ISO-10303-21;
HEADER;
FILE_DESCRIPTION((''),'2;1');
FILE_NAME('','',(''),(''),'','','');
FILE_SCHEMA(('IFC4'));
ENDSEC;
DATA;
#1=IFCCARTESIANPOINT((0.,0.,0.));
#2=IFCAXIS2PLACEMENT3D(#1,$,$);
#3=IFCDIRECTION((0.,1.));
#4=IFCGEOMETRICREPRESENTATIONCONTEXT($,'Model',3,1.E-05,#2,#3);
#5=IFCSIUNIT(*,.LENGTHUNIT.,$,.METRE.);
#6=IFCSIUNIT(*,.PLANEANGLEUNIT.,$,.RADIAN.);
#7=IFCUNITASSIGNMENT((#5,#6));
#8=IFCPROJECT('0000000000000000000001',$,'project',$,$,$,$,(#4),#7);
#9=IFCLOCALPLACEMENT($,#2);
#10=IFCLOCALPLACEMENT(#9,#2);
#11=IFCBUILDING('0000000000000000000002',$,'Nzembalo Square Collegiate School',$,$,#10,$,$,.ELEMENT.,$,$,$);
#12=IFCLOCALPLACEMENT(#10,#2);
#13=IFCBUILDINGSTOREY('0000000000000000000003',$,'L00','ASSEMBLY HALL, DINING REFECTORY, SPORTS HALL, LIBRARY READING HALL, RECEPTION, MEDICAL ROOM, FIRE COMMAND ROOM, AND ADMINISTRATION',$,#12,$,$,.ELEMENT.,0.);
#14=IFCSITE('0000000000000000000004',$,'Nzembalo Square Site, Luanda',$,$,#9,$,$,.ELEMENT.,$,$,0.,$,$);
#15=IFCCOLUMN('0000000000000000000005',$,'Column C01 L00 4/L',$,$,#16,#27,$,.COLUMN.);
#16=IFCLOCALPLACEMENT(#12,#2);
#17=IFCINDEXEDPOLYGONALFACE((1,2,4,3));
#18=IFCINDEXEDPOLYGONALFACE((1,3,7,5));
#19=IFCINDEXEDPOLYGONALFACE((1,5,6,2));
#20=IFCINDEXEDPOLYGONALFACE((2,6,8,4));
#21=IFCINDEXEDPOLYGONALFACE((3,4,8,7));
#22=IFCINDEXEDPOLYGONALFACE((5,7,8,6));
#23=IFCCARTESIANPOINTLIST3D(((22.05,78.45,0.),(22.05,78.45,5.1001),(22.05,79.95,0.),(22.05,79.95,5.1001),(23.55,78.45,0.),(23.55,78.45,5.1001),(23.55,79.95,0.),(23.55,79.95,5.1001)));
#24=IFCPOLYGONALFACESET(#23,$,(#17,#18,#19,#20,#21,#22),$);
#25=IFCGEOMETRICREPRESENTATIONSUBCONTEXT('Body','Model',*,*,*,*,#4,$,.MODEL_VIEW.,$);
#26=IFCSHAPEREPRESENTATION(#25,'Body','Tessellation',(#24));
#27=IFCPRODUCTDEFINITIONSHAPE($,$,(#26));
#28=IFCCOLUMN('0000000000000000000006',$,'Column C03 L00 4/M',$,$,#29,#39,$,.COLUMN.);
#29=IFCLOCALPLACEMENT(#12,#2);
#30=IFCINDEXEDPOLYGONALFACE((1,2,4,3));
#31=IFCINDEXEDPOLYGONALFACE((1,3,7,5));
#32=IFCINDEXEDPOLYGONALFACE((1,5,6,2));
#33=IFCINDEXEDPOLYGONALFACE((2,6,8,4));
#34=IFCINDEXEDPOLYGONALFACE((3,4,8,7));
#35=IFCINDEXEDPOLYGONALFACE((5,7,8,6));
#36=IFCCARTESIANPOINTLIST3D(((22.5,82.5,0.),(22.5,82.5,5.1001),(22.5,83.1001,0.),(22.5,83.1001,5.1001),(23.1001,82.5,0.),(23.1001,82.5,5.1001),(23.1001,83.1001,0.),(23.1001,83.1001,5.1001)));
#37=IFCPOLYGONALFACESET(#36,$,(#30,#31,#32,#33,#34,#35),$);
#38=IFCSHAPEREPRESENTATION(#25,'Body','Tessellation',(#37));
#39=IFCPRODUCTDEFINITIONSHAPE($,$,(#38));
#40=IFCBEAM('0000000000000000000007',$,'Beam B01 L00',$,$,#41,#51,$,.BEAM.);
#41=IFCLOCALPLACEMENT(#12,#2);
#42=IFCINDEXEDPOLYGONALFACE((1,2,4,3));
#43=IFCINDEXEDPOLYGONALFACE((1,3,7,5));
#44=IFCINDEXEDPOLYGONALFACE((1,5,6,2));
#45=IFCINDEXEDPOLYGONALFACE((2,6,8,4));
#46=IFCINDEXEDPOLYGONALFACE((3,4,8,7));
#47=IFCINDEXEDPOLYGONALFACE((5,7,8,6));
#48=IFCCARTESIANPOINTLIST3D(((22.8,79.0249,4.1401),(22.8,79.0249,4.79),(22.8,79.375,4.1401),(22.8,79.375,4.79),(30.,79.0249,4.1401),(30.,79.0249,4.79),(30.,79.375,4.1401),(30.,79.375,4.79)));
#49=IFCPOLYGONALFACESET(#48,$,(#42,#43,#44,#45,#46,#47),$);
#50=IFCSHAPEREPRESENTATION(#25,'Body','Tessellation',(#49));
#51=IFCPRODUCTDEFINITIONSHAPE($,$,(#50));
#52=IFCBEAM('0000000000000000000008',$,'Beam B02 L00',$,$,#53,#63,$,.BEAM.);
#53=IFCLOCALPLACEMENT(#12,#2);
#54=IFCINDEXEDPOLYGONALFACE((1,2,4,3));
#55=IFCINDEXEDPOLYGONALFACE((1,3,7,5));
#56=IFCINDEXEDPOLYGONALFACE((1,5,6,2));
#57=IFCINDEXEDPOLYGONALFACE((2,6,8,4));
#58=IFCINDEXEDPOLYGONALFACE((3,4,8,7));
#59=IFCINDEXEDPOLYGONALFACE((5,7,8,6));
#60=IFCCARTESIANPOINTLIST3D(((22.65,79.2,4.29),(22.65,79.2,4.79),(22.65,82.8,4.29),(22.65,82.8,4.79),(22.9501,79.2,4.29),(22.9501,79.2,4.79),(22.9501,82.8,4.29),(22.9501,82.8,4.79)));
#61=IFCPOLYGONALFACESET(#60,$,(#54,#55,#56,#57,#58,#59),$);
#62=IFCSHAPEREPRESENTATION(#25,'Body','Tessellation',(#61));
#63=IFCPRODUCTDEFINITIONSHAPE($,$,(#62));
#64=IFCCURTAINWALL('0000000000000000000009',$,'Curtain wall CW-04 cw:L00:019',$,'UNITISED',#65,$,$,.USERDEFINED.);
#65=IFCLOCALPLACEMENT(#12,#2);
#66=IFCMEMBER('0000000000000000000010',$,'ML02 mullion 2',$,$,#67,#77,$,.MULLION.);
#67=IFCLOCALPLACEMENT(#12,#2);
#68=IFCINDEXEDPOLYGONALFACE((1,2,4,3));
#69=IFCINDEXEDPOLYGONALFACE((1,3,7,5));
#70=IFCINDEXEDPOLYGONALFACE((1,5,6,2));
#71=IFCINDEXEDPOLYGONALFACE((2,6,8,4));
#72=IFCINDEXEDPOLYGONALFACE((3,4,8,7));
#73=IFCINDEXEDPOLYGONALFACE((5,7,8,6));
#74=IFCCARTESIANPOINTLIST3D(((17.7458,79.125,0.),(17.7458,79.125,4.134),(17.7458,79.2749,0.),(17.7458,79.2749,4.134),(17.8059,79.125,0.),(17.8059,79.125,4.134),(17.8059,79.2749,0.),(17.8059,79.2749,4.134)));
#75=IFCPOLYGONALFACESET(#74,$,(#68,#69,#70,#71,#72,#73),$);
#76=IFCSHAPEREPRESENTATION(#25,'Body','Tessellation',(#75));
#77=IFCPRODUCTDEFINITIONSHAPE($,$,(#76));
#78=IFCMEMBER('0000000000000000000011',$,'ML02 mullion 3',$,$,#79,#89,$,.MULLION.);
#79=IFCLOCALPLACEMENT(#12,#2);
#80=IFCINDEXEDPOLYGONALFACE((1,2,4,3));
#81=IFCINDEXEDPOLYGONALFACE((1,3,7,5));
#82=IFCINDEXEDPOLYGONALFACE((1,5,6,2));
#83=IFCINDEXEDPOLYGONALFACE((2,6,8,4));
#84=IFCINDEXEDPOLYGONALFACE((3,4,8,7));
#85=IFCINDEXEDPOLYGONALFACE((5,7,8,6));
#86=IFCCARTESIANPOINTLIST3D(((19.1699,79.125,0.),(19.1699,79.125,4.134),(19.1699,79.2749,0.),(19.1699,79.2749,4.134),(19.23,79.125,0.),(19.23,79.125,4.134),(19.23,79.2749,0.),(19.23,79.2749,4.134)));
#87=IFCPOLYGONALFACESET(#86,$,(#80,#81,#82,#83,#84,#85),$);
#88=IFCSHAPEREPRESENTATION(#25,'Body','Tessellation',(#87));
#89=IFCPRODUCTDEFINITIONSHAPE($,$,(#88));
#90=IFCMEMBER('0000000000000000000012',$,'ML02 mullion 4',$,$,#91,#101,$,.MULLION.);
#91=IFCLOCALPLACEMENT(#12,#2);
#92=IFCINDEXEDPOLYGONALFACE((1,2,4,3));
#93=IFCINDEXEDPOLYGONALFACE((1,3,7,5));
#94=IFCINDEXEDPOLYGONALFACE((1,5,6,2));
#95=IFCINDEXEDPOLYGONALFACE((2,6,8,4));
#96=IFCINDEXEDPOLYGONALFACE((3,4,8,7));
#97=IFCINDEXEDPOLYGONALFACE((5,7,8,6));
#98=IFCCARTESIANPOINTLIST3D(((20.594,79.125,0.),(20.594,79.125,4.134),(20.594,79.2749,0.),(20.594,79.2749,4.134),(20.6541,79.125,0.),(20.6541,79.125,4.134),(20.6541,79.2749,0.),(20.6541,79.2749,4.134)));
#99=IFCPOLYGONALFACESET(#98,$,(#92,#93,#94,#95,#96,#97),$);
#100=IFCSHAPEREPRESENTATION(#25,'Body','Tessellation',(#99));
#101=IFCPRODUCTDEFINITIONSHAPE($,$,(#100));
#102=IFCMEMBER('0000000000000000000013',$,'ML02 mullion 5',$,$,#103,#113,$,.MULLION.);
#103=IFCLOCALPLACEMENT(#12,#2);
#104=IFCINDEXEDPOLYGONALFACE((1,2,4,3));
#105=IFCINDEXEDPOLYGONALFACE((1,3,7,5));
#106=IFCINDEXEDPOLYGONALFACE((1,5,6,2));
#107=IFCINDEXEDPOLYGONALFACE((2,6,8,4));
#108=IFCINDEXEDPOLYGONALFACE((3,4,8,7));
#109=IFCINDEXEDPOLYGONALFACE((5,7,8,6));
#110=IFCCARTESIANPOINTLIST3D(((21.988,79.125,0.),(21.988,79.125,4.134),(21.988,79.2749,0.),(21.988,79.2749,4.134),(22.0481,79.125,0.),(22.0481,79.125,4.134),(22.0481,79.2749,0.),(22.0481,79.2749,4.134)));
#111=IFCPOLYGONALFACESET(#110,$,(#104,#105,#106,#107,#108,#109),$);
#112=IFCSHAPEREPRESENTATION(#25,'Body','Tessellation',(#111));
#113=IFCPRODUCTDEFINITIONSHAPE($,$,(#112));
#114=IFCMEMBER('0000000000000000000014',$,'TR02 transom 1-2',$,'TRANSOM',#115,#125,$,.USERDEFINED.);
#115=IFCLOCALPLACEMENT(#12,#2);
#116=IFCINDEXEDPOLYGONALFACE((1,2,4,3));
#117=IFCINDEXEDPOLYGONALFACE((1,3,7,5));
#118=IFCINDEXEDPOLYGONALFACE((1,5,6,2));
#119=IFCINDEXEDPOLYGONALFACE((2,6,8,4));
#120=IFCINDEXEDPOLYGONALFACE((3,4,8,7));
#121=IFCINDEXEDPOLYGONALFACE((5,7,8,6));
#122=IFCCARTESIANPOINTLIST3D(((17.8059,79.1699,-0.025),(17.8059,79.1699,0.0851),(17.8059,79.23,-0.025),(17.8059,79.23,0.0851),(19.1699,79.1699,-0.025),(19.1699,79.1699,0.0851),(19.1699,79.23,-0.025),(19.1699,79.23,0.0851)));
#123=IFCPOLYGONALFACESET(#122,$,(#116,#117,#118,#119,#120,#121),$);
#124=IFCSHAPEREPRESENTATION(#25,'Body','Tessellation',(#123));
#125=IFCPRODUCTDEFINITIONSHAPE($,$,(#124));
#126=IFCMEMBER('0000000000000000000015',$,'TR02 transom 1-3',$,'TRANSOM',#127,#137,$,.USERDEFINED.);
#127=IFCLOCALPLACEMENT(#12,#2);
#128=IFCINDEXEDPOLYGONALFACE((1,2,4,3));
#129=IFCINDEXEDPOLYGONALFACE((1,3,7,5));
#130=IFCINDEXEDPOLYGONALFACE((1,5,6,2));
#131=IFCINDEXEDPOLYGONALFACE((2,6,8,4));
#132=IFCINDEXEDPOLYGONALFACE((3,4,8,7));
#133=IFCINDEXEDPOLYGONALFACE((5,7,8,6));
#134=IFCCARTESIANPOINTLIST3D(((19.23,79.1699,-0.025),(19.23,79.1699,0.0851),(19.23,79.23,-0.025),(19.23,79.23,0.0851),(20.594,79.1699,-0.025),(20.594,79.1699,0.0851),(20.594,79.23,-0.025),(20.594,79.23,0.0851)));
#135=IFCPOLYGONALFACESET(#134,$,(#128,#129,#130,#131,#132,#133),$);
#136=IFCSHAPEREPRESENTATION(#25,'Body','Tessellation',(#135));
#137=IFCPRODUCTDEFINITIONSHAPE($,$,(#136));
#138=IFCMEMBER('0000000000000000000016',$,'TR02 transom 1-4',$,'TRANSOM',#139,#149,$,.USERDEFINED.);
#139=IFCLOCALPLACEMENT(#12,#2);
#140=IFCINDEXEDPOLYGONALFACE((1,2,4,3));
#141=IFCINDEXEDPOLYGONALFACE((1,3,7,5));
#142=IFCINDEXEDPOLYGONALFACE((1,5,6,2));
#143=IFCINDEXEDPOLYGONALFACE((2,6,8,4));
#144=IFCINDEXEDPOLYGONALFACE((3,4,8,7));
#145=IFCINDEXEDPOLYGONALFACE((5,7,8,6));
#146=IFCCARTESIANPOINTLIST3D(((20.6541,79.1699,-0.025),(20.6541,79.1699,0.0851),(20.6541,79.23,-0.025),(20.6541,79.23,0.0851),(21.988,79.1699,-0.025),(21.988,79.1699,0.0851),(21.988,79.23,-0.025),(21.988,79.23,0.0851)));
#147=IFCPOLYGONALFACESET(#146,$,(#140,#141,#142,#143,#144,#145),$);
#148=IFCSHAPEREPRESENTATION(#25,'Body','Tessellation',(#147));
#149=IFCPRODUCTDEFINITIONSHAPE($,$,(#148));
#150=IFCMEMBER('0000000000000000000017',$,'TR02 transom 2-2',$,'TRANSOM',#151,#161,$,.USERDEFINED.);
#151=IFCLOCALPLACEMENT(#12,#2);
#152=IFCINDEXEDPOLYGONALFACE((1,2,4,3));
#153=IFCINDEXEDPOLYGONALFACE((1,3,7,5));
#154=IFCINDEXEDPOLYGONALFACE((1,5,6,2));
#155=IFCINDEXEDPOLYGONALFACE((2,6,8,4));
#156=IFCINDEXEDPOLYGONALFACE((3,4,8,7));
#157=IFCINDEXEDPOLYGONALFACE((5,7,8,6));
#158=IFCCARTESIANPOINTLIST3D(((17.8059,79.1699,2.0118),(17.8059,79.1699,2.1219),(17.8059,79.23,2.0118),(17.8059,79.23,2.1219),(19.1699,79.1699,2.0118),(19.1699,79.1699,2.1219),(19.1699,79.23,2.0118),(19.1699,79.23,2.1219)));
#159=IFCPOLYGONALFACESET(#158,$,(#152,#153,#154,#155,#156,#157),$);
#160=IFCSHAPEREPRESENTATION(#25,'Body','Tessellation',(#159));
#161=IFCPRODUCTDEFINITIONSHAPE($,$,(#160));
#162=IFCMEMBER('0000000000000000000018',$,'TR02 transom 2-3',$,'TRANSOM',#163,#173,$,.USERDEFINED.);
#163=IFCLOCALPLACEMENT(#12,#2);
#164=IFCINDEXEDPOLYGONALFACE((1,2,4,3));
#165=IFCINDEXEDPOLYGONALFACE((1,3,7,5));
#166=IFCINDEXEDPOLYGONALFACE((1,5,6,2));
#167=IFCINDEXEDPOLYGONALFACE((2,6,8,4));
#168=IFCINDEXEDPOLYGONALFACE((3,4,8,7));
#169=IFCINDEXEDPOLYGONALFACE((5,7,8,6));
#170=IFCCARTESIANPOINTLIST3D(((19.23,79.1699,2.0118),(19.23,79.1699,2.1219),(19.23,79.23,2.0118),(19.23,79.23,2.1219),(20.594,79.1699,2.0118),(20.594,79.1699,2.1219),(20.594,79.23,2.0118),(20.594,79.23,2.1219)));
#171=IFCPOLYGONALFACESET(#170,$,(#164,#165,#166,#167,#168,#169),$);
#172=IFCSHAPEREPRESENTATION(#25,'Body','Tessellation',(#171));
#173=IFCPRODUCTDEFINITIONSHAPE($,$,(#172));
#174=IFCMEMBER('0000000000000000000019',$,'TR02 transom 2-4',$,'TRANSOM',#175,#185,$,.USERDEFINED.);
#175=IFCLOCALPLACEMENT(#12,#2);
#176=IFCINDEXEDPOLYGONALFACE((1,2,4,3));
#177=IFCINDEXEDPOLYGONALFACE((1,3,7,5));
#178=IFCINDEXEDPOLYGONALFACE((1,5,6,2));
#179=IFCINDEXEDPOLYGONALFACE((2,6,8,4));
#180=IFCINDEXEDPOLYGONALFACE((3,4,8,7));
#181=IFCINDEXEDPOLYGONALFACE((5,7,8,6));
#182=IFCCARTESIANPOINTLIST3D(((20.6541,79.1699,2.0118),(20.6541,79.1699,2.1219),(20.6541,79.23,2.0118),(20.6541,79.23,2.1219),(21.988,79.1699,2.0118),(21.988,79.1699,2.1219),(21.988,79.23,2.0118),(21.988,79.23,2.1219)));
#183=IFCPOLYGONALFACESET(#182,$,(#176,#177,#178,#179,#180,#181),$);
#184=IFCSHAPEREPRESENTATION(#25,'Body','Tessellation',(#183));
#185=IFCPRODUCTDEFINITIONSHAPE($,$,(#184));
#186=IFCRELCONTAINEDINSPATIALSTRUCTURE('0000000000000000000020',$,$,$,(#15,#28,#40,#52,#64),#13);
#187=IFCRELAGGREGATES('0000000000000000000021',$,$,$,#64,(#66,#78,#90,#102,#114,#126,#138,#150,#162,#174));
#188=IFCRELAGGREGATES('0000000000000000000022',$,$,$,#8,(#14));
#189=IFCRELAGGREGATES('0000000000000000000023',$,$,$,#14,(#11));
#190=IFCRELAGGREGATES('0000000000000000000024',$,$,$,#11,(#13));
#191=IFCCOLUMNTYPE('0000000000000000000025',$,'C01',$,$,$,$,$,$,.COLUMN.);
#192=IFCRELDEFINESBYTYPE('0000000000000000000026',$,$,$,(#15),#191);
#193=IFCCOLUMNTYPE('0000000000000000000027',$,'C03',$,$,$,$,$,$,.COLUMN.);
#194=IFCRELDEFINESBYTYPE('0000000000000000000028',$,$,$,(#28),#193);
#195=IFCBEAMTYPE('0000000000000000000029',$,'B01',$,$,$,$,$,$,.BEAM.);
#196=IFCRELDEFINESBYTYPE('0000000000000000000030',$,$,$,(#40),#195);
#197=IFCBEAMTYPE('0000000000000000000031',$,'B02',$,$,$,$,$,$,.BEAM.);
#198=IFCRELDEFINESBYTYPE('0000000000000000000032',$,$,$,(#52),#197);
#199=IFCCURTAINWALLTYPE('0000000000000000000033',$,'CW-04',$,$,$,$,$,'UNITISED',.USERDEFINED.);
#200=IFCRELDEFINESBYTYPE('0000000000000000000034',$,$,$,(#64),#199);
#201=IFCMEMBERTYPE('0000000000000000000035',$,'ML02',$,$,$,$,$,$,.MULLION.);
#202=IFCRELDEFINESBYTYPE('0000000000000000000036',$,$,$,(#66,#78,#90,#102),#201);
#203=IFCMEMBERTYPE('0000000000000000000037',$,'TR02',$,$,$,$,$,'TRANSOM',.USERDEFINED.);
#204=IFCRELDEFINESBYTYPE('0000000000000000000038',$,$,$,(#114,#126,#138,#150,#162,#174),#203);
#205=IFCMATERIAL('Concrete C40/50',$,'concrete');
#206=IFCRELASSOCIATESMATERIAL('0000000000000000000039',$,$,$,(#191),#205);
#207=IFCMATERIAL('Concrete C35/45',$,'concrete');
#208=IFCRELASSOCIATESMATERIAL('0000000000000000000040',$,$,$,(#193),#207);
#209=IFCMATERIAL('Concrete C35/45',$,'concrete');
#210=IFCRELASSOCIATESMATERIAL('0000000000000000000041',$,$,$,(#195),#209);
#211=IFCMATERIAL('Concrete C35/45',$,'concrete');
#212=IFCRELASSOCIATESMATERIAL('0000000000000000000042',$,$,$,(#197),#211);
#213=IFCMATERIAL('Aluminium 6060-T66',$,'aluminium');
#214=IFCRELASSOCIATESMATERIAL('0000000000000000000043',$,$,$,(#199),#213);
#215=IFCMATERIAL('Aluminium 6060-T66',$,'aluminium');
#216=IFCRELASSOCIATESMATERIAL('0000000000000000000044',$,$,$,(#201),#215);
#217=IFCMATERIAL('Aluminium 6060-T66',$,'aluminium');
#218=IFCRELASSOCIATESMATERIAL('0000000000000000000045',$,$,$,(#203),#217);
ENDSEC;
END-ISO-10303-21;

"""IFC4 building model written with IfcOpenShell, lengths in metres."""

from ifc_helpers import new_model, si_unit, direction, frame, origin, origin_2d, place, context, subcontext, project, spatial, rectangle, extrude, material, material_profile, profile_set, type_object, element, aggregate, save


model = new_model("IFC4")

# Units and contexts
model_context = context("Model", 3, precision=1e-05, world=origin(), true_north=direction((0.0, 1.0)))
body_context = subcontext(model_context, "Body", "Model", "MODEL_VIEW")
ifc_project = project(units=[si_unit("LENGTHUNIT", "METRE"), si_unit("PLANEANGLEUNIT", "RADIAN")], contexts=[model_context])

# Site, building, storey
site_placement = place(None, origin())
site = spatial("IfcSite", under=ifc_project, at=site_placement, Name="Nzembalo Square Site, Luanda", CompositionType="ELEMENT", RefElevation=0.0)
building_placement = place(site_placement, origin())
building = spatial("IfcBuilding", under=site, at=building_placement, Name="Nzembalo Square Collegiate School", CompositionType="ELEMENT")
storey_placement = place(building_placement, origin())
storey = spatial("IfcBuildingStorey", under=building, at=storey_placement, Name="L00", Description="ASSEMBLY HALL, DINING REFECTORY, SPORTS HALL, LIBRARY READING HALL, RECEPTION, MEDICAL ROOM, FIRE COMMAND ROOM, AND ADMINISTRATION", CompositionType="ELEMENT", Elevation=0.0)

# Columns
ifc_material_1 = material(Name="Concrete C40/50", Category="concrete")
ifc_material_profile_1 = material_profile(ifc_material_1, rectangle(XDim=1.5, YDim=1.5, at=origin_2d()), Name="RC 1500x1500")
ifc_profile_set_1 = profile_set([ifc_material_profile_1], Name="Concrete C40/50")
column_type_1 = type_object("IfcColumnType", Name="C01", PredefinedType="COLUMN", material=ifc_profile_set_1)
column_1_placement = place(storey_placement, frame((22.8, 79.2, 0.0), z_axis=(0.0, 0.0, 1.0), x_axis=(1.0, 0.0, 0.0)))
element("IfcColumn", 1, at=column_1_placement, inside=storey, type_object=column_type_1, Name="Column C01 L00 4/L", PredefinedType="COLUMN", context=body_context, shape_type="SweptSolid", body=[
    extrude(rectangle(XDim=1.5, YDim=1.5, at=origin_2d()), origin(), (0.0, 0.0, 1.0), 5.1001),
])
ifc_material_2 = material(Name="Concrete C35/45", Category="concrete")
ifc_material_profile_2 = material_profile(ifc_material_2, rectangle(XDim=0.6001, YDim=0.6001, at=origin_2d()), Name="RC 600x600")
ifc_profile_set_2 = profile_set([ifc_material_profile_2], Name="Concrete C35/45")
column_type_2 = type_object("IfcColumnType", Name="C03", PredefinedType="COLUMN", material=ifc_profile_set_2)
column_2_placement = place(storey_placement, frame((22.8, 82.8, 0.0), z_axis=(0.0, 0.0, 1.0), x_axis=(1.0, 0.0, 0.0)))
element("IfcColumn", 2, at=column_2_placement, inside=storey, type_object=column_type_2, Name="Column C03 L00 4/M", PredefinedType="COLUMN", context=body_context, shape_type="SweptSolid", body=[
    extrude(rectangle(XDim=0.6001, YDim=0.6001, at=origin_2d()), origin(), (0.0, 0.0, 1.0), 5.1001),
])

# Beams
ifc_material_3 = material(Name="Concrete C35/45", Category="concrete")
ifc_material_profile_3 = material_profile(ifc_material_3, rectangle(XDim=0.3501, YDim=0.6499, at=origin_2d()), Name="RC 350x650")
ifc_profile_set_3 = profile_set([ifc_material_profile_3], Name="Concrete C35/45")
beam_type_1 = type_object("IfcBeamType", Name="B01", PredefinedType="BEAM", material=ifc_profile_set_3)
beam_1_placement = place(storey_placement, frame((22.8, 79.2, 4.4651), z_axis=(1.0, 0.0, 0.0), x_axis=(0.0, 1.0, 0.0)))
element("IfcBeam", 3, at=beam_1_placement, inside=storey, type_object=beam_type_1, Name="Beam B01 L00", PredefinedType="BEAM", context=body_context, shape_type="SweptSolid", body=[
    extrude(rectangle(XDim=0.3501, YDim=0.6499, at=origin_2d()), origin(), (0.0, 0.0, 1.0), 7.2),
])
ifc_material_4 = material(Name="Concrete C35/45", Category="concrete")
ifc_material_profile_4 = material_profile(ifc_material_4, rectangle(XDim=0.3, YDim=0.5, at=origin_2d()), Name="RC 300x500")
ifc_profile_set_4 = profile_set([ifc_material_profile_4], Name="Concrete C35/45")
beam_type_2 = type_object("IfcBeamType", Name="B02", PredefinedType="BEAM", material=ifc_profile_set_4)
beam_2_placement = place(storey_placement, frame((22.8, 79.2, 4.54), z_axis=(0.0, 1.0, 0.0), x_axis=(-1.0, 0.0, 0.0)))
element("IfcBeam", 4, at=beam_2_placement, inside=storey, type_object=beam_type_2, Name="Beam B02 L00", PredefinedType="BEAM", context=body_context, shape_type="SweptSolid", body=[
    extrude(rectangle(XDim=0.3, YDim=0.5, at=origin_2d()), origin(), (0.0, 0.0, 1.0), 3.6001),
])

# Curtain wall, members
ifc_material_5 = material(Name="Aluminium 6060-T66", Category="aluminium")
curtain_wall_type = type_object("IfcCurtainWallType", Name="CW-04", ElementType="UNITISED", PredefinedType="USERDEFINED", material=ifc_material_5)
curtain_wall_placement = place(storey_placement, origin())
curtain_wall = element("IfcCurtainWall", 5, at=curtain_wall_placement, inside=storey, type_object=curtain_wall_type, Name="Curtain wall CW-04 cw:L00:019", ObjectType="UNITISED", PredefinedType="USERDEFINED")
ifc_material_6 = material(Name="Aluminium 6060-T66", Category="aluminium")
ifc_material_profile_5 = material_profile(ifc_material_6, rectangle(XDim=0.0601, YDim=0.1499, at=origin_2d()), Name="ALU M60x150")
ifc_profile_set_5 = profile_set([ifc_material_profile_5], Name="Aluminium 6060-T66")
member_type_1 = type_object("IfcMemberType", Name="ML02", PredefinedType="MULLION", material=ifc_profile_set_5)
member_1_placement = place(storey_placement, frame((17.7759, 79.2, 0.0), z_axis=(0.0, 0.0, 1.0), x_axis=(1.0, 0.0, 0.0)))
member_1 = element("IfcMember", 6, at=member_1_placement, type_object=member_type_1, Name="ML02 mullion 2", PredefinedType="MULLION", context=body_context, shape_type="SweptSolid", body=[
    extrude(rectangle(XDim=0.0601, YDim=0.1499, at=origin_2d()), origin(), (0.0, 0.0, 1.0), 4.134),
])
member_2_placement = place(storey_placement, frame((19.2, 79.2, 0.0), z_axis=(0.0, 0.0, 1.0), x_axis=(1.0, 0.0, 0.0)))
member_2 = element("IfcMember", 7, at=member_2_placement, type_object=member_type_1, Name="ML02 mullion 3", PredefinedType="MULLION", context=body_context, shape_type="SweptSolid", body=[
    extrude(rectangle(XDim=0.0601, YDim=0.1499, at=origin_2d()), origin(), (0.0, 0.0, 1.0), 4.134),
])
member_3_placement = place(storey_placement, frame((20.624, 79.2, 0.0), z_axis=(0.0, 0.0, 1.0), x_axis=(1.0, 0.0, 0.0)))
member_3 = element("IfcMember", 8, at=member_3_placement, type_object=member_type_1, Name="ML02 mullion 4", PredefinedType="MULLION", context=body_context, shape_type="SweptSolid", body=[
    extrude(rectangle(XDim=0.0601, YDim=0.1499, at=origin_2d()), origin(), (0.0, 0.0, 1.0), 4.134),
])
member_4_placement = place(storey_placement, frame((22.0181, 79.2, 0.0), z_axis=(0.0, 0.0, 1.0), x_axis=(1.0, 0.0, 0.0)))
member_4 = element("IfcMember", 9, at=member_4_placement, type_object=member_type_1, Name="ML02 mullion 5", PredefinedType="MULLION", context=body_context, shape_type="SweptSolid", body=[
    extrude(rectangle(XDim=0.0601, YDim=0.1499, at=origin_2d()), origin(), (0.0, 0.0, 1.0), 4.134),
])
ifc_material_7 = material(Name="Aluminium 6060-T66", Category="aluminium")
ifc_material_profile_6 = material_profile(ifc_material_7, rectangle(XDim=0.0601, YDim=0.1101, at=origin_2d()), Name="ALU T60x110")
ifc_profile_set_6 = profile_set([ifc_material_profile_6], Name="Aluminium 6060-T66")
member_type_2 = type_object("IfcMemberType", Name="TR02", ElementType="TRANSOM", PredefinedType="USERDEFINED", material=ifc_profile_set_6)
member_5_placement = place(storey_placement, frame((17.8059, 79.2, 0.03), z_axis=(1.0, 0.0, 0.0), x_axis=(0.0, 1.0, 0.0)))
member_5 = element("IfcMember", 10, at=member_5_placement, type_object=member_type_2, Name="TR02 transom 1-2", ObjectType="TRANSOM", PredefinedType="USERDEFINED", context=body_context, shape_type="SweptSolid", body=[
    extrude(rectangle(XDim=0.0601, YDim=0.1101, at=origin_2d()), origin(), (0.0, 0.0, 1.0), 1.364),
])
member_6_placement = place(storey_placement, frame((19.23, 79.2, 0.03), z_axis=(1.0, 0.0, 0.0), x_axis=(0.0, 1.0, 0.0)))
member_6 = element("IfcMember", 11, at=member_6_placement, type_object=member_type_2, Name="TR02 transom 1-3", ObjectType="TRANSOM", PredefinedType="USERDEFINED", context=body_context, shape_type="SweptSolid", body=[
    extrude(rectangle(XDim=0.0601, YDim=0.1101, at=origin_2d()), origin(), (0.0, 0.0, 1.0), 1.364),
])
member_7_placement = place(storey_placement, frame((20.6541, 79.2, 0.03), z_axis=(1.0, 0.0, 0.0), x_axis=(0.0, 1.0, 0.0)))
member_7 = element("IfcMember", 12, at=member_7_placement, type_object=member_type_2, Name="TR02 transom 1-4", ObjectType="TRANSOM", PredefinedType="USERDEFINED", context=body_context, shape_type="SweptSolid", body=[
    extrude(rectangle(XDim=0.0601, YDim=0.1101, at=origin_2d()), origin(), (0.0, 0.0, 1.0), 1.334),
])
member_8_placement = place(storey_placement, frame((17.8059, 79.2, 2.0669), z_axis=(1.0, 0.0, 0.0), x_axis=(0.0, 1.0, 0.0)))
member_8 = element("IfcMember", 13, at=member_8_placement, type_object=member_type_2, Name="TR02 transom 2-2", ObjectType="TRANSOM", PredefinedType="USERDEFINED", context=body_context, shape_type="SweptSolid", body=[
    extrude(rectangle(XDim=0.0601, YDim=0.1101, at=origin_2d()), origin(), (0.0, 0.0, 1.0), 1.364),
])
member_9_placement = place(storey_placement, frame((19.23, 79.2, 2.0669), z_axis=(1.0, 0.0, 0.0), x_axis=(0.0, 1.0, 0.0)))
member_9 = element("IfcMember", 14, at=member_9_placement, type_object=member_type_2, Name="TR02 transom 2-3", ObjectType="TRANSOM", PredefinedType="USERDEFINED", context=body_context, shape_type="SweptSolid", body=[
    extrude(rectangle(XDim=0.0601, YDim=0.1101, at=origin_2d()), origin(), (0.0, 0.0, 1.0), 1.364),
])
member_10_placement = place(storey_placement, frame((20.6541, 79.2, 2.0669), z_axis=(1.0, 0.0, 0.0), x_axis=(0.0, 1.0, 0.0)))
member_10 = element("IfcMember", 15, at=member_10_placement, type_object=member_type_2, Name="TR02 transom 2-4", ObjectType="TRANSOM", PredefinedType="USERDEFINED", context=body_context, shape_type="SweptSolid", body=[
    extrude(rectangle(XDim=0.0601, YDim=0.1101, at=origin_2d()), origin(), (0.0, 0.0, 1.0), 1.334),
])
aggregate(curtain_wall, [member_1, member_2, member_3, member_4, member_5, member_6, member_7, member_8, member_9, member_10])

save(model, "model.ifc")
